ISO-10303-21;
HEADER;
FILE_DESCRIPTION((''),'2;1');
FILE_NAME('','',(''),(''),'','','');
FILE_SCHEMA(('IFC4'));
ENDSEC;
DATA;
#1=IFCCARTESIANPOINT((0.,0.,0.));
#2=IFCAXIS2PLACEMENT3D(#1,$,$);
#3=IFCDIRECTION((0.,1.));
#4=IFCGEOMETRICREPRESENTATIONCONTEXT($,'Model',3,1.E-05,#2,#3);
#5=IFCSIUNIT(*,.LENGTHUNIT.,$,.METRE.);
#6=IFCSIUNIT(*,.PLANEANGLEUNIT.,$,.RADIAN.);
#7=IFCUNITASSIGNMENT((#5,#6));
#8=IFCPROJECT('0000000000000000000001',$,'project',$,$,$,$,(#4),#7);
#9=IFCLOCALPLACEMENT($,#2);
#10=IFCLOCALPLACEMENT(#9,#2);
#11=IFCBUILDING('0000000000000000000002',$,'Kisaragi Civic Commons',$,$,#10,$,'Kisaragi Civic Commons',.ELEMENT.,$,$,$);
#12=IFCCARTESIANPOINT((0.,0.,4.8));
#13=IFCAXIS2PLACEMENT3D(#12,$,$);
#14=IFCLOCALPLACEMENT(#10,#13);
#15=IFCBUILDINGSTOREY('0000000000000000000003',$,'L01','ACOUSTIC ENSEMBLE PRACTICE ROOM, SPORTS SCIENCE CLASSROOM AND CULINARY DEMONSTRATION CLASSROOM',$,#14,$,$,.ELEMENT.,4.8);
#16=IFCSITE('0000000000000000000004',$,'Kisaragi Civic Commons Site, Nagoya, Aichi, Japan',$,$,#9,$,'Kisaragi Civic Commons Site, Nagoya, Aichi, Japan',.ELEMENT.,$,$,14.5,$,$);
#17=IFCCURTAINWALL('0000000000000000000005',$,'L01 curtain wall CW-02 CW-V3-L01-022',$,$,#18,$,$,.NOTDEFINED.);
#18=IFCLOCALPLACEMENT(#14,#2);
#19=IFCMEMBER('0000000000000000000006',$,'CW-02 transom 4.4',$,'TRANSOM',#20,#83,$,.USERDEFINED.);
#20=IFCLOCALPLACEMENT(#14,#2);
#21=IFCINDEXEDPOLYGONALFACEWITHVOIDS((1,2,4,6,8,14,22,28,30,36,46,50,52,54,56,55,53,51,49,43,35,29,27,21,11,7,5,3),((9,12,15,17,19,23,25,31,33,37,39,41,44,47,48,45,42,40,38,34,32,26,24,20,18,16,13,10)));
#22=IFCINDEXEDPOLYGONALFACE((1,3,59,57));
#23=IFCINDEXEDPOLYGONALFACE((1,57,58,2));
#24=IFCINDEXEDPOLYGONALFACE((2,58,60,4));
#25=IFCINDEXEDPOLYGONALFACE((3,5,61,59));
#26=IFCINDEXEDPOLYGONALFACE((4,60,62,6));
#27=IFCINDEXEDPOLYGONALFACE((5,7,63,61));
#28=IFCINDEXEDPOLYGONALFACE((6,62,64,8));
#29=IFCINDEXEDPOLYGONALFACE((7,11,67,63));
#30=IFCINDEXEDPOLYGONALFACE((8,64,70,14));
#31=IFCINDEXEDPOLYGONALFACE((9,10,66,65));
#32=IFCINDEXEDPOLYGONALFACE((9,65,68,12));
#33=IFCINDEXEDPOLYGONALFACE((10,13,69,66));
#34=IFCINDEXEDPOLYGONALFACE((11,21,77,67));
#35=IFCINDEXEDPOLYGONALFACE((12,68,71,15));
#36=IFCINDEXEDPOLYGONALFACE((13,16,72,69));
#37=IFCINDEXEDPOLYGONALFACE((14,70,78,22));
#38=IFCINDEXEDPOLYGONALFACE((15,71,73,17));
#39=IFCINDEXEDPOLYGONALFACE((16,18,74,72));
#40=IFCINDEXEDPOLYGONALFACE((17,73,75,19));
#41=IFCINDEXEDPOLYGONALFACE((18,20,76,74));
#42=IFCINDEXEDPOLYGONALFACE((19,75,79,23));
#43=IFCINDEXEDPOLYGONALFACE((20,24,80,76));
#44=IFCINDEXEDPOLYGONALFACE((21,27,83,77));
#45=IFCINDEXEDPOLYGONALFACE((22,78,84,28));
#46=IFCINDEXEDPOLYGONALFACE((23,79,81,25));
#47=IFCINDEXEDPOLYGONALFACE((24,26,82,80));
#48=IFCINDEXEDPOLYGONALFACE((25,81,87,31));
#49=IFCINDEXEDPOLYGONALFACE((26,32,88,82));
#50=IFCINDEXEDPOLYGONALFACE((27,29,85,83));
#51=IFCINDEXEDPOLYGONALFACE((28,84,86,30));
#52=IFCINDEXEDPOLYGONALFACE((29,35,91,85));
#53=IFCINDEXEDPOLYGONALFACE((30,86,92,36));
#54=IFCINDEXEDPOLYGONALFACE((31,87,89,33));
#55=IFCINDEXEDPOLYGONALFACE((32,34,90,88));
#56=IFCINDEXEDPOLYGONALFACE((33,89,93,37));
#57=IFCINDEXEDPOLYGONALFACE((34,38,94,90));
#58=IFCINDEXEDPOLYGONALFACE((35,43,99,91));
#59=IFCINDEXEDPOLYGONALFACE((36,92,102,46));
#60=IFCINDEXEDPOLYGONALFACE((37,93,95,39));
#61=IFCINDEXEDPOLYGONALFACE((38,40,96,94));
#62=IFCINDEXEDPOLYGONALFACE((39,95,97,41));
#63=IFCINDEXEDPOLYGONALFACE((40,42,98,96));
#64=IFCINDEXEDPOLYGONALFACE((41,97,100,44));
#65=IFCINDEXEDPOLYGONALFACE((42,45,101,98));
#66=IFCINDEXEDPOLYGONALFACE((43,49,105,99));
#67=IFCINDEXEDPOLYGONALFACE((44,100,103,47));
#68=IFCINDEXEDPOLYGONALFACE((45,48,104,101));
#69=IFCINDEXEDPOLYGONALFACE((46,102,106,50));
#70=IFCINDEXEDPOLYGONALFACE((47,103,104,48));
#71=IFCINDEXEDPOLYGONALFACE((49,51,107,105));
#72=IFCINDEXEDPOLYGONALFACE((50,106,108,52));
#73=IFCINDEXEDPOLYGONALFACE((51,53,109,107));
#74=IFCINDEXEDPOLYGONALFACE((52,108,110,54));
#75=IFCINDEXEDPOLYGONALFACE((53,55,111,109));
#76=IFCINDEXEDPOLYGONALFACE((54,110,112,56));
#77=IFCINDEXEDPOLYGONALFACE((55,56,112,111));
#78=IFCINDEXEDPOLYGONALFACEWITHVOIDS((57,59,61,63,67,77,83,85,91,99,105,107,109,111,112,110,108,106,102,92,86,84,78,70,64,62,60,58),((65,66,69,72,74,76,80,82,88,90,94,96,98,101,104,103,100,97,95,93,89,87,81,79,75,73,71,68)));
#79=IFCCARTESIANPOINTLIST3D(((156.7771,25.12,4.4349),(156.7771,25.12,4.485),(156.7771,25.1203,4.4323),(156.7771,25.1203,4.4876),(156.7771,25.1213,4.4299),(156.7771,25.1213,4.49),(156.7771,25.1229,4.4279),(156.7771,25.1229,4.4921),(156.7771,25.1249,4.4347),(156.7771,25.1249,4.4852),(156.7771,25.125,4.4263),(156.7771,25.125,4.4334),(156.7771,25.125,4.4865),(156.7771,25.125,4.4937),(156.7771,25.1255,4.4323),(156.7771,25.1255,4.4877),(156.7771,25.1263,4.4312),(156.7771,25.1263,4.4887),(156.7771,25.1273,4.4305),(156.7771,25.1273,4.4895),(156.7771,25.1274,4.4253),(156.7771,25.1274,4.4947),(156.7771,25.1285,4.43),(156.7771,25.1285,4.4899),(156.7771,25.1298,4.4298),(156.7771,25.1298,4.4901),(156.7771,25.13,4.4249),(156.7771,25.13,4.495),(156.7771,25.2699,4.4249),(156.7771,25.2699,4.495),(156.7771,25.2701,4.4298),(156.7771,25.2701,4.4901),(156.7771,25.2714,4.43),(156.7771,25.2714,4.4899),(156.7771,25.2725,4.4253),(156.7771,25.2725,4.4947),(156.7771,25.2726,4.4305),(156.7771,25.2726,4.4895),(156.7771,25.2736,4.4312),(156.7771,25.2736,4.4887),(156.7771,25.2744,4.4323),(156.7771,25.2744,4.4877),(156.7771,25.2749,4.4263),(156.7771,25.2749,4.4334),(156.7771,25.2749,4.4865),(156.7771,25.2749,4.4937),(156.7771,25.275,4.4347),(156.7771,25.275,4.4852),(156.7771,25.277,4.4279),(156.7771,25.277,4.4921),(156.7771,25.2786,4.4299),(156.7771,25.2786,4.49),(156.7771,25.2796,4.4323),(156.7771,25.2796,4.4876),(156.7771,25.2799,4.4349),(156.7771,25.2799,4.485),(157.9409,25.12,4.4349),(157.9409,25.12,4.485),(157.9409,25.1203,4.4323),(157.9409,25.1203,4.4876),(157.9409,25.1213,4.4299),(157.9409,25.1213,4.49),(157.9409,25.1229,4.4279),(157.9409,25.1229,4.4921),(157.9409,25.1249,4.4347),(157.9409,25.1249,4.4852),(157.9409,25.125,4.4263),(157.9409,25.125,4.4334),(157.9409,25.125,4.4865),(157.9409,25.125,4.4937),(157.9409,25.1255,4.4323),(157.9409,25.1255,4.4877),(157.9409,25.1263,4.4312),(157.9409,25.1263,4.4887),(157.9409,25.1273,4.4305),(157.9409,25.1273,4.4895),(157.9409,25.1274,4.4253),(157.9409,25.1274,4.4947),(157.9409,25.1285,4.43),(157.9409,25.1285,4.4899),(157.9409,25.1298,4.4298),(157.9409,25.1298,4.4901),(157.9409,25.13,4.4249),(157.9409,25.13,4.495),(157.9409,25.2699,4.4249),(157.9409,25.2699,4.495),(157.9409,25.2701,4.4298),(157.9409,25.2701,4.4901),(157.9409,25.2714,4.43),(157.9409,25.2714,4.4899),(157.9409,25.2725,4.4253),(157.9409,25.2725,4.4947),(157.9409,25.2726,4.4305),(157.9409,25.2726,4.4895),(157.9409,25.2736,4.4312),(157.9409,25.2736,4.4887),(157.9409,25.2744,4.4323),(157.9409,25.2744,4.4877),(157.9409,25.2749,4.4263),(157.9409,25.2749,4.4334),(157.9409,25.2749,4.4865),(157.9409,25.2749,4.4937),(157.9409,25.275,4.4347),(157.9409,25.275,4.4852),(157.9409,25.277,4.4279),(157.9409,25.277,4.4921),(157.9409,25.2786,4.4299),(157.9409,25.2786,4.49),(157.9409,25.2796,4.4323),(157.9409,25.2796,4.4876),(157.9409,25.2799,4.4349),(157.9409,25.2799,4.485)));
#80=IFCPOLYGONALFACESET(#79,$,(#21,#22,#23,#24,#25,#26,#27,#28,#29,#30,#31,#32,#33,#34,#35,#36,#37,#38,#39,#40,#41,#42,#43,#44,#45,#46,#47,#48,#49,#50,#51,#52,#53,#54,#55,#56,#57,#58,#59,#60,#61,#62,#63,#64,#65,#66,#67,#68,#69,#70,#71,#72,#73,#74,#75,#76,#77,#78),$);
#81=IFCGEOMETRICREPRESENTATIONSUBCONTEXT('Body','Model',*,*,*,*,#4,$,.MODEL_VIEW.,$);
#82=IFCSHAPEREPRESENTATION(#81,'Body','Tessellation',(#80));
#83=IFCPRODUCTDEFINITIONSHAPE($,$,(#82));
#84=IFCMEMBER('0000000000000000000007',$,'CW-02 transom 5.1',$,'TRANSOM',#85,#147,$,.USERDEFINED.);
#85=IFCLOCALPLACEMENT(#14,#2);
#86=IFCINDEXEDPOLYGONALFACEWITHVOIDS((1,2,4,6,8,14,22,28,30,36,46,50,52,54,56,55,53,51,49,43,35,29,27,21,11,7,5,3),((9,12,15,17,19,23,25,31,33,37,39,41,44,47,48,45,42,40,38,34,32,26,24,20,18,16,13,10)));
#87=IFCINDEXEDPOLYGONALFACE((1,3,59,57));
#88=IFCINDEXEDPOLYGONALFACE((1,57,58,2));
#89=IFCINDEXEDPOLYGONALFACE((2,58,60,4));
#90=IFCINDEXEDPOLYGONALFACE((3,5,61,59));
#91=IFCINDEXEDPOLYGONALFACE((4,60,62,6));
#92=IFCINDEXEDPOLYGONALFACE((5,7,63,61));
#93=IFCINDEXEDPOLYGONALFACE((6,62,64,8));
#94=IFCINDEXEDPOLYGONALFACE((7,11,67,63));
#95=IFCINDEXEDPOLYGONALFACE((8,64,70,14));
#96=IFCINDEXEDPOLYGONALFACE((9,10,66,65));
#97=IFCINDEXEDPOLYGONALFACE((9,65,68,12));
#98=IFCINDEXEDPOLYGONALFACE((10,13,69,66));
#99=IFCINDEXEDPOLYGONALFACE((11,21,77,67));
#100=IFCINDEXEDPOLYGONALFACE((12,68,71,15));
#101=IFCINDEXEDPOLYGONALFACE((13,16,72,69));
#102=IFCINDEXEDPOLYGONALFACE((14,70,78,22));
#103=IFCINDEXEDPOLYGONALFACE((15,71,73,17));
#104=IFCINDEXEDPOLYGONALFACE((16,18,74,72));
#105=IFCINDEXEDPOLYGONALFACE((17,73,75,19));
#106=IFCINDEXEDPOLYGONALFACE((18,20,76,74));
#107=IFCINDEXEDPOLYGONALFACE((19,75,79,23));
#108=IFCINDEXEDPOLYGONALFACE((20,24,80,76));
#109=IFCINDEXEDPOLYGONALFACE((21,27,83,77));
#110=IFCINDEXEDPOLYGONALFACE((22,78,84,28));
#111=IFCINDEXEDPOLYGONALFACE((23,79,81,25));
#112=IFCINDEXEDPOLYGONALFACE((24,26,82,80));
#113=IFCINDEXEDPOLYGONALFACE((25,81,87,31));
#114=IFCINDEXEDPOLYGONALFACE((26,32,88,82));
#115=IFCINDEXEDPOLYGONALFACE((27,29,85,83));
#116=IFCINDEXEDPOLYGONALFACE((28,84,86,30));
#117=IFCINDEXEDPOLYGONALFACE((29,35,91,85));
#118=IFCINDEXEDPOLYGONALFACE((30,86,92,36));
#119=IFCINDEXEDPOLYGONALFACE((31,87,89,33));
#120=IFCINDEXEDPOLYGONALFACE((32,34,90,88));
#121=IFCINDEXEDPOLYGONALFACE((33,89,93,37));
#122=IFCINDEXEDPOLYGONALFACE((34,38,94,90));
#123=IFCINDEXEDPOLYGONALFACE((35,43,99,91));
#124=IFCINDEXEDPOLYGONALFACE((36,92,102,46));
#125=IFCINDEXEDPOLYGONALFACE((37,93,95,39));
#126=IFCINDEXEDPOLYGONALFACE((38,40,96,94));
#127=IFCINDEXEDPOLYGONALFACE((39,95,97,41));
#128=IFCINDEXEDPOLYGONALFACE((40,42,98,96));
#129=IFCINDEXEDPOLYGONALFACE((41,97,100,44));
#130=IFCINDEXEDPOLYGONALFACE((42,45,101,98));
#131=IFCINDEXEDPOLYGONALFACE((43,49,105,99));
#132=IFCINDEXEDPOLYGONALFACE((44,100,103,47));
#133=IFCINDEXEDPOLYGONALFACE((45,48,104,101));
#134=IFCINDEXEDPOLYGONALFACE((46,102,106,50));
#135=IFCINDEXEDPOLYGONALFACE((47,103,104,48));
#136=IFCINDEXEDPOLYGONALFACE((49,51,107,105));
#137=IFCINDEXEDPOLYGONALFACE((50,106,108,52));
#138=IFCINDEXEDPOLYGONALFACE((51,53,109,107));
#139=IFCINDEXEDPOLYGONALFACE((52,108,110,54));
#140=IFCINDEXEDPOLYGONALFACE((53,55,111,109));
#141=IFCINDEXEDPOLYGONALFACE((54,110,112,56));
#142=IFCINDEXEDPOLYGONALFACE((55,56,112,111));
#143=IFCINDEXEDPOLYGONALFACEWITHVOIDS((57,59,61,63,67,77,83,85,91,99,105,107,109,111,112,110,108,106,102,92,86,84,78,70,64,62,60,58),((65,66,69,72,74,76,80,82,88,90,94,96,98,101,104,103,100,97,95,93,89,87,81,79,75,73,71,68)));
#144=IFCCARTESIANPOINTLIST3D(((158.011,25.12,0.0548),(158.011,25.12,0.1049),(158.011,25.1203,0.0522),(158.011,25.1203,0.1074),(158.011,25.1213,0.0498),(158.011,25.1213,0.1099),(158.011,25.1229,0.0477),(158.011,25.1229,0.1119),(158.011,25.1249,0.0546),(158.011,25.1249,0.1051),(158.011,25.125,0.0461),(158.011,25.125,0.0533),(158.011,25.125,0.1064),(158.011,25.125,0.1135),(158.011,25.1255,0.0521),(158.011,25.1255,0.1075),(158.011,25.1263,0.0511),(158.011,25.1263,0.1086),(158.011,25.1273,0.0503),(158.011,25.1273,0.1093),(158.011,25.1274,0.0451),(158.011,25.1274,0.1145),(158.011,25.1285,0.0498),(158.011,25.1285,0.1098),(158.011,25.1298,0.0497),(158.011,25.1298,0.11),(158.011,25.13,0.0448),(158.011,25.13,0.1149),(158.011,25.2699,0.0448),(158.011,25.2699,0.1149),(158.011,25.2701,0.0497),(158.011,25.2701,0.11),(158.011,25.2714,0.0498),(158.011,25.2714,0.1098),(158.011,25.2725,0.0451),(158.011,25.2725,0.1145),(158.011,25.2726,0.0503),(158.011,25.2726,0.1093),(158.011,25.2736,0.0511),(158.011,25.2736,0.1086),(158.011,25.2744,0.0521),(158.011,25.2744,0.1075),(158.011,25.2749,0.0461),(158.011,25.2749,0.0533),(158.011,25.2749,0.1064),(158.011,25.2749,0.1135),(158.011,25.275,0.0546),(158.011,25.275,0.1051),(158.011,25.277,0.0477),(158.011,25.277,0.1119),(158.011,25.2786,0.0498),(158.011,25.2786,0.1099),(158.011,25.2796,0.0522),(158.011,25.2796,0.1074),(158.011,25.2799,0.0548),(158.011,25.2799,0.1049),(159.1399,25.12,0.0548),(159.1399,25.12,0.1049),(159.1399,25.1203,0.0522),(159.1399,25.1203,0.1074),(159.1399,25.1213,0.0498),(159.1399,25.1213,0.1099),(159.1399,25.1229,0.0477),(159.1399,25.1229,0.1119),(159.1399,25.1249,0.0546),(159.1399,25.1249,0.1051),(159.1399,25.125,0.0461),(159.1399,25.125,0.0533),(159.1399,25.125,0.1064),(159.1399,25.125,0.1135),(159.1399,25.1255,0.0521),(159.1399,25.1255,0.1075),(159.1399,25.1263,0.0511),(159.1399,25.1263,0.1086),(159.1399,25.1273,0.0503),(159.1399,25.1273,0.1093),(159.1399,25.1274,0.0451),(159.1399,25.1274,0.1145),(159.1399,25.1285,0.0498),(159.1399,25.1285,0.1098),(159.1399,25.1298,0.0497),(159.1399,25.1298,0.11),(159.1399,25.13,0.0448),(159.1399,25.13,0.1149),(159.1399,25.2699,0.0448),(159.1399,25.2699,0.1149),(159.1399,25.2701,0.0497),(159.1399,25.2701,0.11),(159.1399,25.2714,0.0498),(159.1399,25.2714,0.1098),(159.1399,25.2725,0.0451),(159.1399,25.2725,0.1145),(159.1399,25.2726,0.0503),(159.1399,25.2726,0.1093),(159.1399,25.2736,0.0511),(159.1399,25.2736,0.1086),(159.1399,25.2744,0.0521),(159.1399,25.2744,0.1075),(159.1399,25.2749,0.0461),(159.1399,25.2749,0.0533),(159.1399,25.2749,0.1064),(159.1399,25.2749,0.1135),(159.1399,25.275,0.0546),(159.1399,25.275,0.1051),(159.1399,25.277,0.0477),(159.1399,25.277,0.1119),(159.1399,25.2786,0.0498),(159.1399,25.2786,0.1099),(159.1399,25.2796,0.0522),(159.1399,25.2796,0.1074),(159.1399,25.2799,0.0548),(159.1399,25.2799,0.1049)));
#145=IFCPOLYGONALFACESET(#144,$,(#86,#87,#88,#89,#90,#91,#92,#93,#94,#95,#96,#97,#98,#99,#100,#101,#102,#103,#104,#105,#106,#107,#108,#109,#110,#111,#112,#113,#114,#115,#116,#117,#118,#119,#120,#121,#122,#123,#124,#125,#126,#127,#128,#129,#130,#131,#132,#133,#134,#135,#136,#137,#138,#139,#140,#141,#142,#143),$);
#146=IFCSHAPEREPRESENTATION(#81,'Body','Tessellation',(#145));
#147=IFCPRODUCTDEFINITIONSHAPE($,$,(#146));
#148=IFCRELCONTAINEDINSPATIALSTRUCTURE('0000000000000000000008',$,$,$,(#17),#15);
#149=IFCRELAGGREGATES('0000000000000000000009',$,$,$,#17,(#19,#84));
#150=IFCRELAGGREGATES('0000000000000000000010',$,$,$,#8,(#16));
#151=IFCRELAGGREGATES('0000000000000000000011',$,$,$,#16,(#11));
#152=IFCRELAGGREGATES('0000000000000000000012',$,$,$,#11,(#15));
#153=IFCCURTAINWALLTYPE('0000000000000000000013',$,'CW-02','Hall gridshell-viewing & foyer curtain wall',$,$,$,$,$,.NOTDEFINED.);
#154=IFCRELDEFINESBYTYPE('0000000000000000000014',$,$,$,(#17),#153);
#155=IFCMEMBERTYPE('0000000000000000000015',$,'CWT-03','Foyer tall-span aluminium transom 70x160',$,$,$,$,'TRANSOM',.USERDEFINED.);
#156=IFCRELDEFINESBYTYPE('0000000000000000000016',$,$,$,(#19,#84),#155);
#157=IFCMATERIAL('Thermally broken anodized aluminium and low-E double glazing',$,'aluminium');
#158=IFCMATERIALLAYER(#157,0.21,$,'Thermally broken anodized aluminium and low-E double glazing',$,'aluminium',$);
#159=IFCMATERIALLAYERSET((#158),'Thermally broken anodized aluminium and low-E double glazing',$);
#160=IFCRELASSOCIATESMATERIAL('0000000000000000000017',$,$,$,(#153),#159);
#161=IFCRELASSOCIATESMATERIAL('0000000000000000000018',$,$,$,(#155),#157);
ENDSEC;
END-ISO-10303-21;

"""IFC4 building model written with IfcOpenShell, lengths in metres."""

from ifc_helpers import new_model, si_unit, direction, frame, origin, origin_2d, place, context, subcontext, project, spatial, hollow_rectangle, extrude, material, layer, layer_set, material_profile, profile_set, type_object, element, aggregate, save


model = new_model("IFC4")

# Units and contexts
model_context = context("Model", 3, precision=1e-05, world=origin(), true_north=direction((0.0, 1.0)))
body_context = subcontext(model_context, "Body", "Model", "MODEL_VIEW")
ifc_project = project(units=[si_unit("LENGTHUNIT", "METRE"), si_unit("PLANEANGLEUNIT", "RADIAN")], contexts=[model_context])

# Site, building, storey
site_placement = place(None, origin())
site = spatial("IfcSite", under=ifc_project, at=site_placement, Name="Kisaragi Civic Commons Site, Nagoya, Aichi, Japan", LongName="Kisaragi Civic Commons Site, Nagoya, Aichi, Japan", CompositionType="ELEMENT", RefElevation=14.5)
building_placement = place(site_placement, origin())
building = spatial("IfcBuilding", under=site, at=building_placement, Name="Kisaragi Civic Commons", LongName="Kisaragi Civic Commons", CompositionType="ELEMENT")
storey_placement = place(building_placement, frame((0.0, 0.0, 4.8)))
storey = spatial("IfcBuildingStorey", under=building, at=storey_placement, Name="L01", Description="ACOUSTIC ENSEMBLE PRACTICE ROOM, SPORTS SCIENCE CLASSROOM AND CULINARY DEMONSTRATION CLASSROOM", CompositionType="ELEMENT", Elevation=4.8)

# Curtain wall, members
ifc_material_1 = material(Name="Thermally broken anodized aluminium and low-E double glazing", Category="aluminium")
ifc_layer_1 = layer(ifc_material_1, 0.21, Name="Thermally broken anodized aluminium and low-E double glazing", Category="aluminium")
ifc_layer_set_1 = layer_set([ifc_layer_1], Name="Thermally broken anodized aluminium and low-E double glazing")
curtain_wall_type = type_object("IfcCurtainWallType", Name="CW-02", Description="Hall gridshell-viewing & foyer curtain wall", PredefinedType="NOTDEFINED", material=ifc_layer_set_1)
curtain_wall_placement = place(storey_placement, origin())
curtain_wall = element("IfcCurtainWall", 1, at=curtain_wall_placement, inside=storey, type_object=curtain_wall_type, Name="L01 curtain wall CW-02 CW-V3-L01-022", PredefinedType="NOTDEFINED")
ifc_material_profile_1 = material_profile(ifc_material_1, hollow_rectangle(XDim=0.1599, YDim=0.0701, WallThickness=0.0049, InnerFilletRadius=0.0049, OuterFilletRadius=0.01, at=origin_2d()), Name="CWT-70x160x5", Category="aluminium")
ifc_profile_set_1 = profile_set([ifc_material_profile_1], Name="Thermally broken anodized aluminium and low-E double glazing")
member_type_1 = type_object("IfcMemberType", Name="CWT-03", Description="Foyer tall-span aluminium transom 70x160", ElementType="TRANSOM", PredefinedType="USERDEFINED", material=ifc_profile_set_1)
member_1_placement = place(storey_placement, frame((156.7771, 25.2, 4.46), z_axis=(1.0, 0.0, 0.0), x_axis=(0.0, 1.0, 0.0)))
member_1 = element("IfcMember", 2, at=member_1_placement, type_object=member_type_1, Name="CW-02 transom 4.4", ObjectType="TRANSOM", PredefinedType="USERDEFINED", context=body_context, shape_type="SweptSolid", body=[
    extrude(hollow_rectangle(XDim=0.1599, YDim=0.0701, WallThickness=0.0049, InnerFilletRadius=0.0049, OuterFilletRadius=0.01, at=origin_2d()), origin(), (0.0, 0.0, 1.0), 1.1638),
])
member_2_placement = place(storey_placement, frame((158.011, 25.2, 0.0798), z_axis=(1.0, 0.0, 0.0), x_axis=(0.0, 1.0, 0.0)))
member_2 = element("IfcMember", 3, at=member_2_placement, type_object=member_type_1, Name="CW-02 transom 5.1", ObjectType="TRANSOM", PredefinedType="USERDEFINED", context=body_context, shape_type="SweptSolid", body=[
    extrude(hollow_rectangle(XDim=0.1599, YDim=0.0701, WallThickness=0.0049, InnerFilletRadius=0.0049, OuterFilletRadius=0.01, at=origin_2d()), origin(), (0.0, 0.0, 1.0), 1.1289),
])
aggregate(curtain_wall, [member_1, member_2])

save(model, "model.ifc")
